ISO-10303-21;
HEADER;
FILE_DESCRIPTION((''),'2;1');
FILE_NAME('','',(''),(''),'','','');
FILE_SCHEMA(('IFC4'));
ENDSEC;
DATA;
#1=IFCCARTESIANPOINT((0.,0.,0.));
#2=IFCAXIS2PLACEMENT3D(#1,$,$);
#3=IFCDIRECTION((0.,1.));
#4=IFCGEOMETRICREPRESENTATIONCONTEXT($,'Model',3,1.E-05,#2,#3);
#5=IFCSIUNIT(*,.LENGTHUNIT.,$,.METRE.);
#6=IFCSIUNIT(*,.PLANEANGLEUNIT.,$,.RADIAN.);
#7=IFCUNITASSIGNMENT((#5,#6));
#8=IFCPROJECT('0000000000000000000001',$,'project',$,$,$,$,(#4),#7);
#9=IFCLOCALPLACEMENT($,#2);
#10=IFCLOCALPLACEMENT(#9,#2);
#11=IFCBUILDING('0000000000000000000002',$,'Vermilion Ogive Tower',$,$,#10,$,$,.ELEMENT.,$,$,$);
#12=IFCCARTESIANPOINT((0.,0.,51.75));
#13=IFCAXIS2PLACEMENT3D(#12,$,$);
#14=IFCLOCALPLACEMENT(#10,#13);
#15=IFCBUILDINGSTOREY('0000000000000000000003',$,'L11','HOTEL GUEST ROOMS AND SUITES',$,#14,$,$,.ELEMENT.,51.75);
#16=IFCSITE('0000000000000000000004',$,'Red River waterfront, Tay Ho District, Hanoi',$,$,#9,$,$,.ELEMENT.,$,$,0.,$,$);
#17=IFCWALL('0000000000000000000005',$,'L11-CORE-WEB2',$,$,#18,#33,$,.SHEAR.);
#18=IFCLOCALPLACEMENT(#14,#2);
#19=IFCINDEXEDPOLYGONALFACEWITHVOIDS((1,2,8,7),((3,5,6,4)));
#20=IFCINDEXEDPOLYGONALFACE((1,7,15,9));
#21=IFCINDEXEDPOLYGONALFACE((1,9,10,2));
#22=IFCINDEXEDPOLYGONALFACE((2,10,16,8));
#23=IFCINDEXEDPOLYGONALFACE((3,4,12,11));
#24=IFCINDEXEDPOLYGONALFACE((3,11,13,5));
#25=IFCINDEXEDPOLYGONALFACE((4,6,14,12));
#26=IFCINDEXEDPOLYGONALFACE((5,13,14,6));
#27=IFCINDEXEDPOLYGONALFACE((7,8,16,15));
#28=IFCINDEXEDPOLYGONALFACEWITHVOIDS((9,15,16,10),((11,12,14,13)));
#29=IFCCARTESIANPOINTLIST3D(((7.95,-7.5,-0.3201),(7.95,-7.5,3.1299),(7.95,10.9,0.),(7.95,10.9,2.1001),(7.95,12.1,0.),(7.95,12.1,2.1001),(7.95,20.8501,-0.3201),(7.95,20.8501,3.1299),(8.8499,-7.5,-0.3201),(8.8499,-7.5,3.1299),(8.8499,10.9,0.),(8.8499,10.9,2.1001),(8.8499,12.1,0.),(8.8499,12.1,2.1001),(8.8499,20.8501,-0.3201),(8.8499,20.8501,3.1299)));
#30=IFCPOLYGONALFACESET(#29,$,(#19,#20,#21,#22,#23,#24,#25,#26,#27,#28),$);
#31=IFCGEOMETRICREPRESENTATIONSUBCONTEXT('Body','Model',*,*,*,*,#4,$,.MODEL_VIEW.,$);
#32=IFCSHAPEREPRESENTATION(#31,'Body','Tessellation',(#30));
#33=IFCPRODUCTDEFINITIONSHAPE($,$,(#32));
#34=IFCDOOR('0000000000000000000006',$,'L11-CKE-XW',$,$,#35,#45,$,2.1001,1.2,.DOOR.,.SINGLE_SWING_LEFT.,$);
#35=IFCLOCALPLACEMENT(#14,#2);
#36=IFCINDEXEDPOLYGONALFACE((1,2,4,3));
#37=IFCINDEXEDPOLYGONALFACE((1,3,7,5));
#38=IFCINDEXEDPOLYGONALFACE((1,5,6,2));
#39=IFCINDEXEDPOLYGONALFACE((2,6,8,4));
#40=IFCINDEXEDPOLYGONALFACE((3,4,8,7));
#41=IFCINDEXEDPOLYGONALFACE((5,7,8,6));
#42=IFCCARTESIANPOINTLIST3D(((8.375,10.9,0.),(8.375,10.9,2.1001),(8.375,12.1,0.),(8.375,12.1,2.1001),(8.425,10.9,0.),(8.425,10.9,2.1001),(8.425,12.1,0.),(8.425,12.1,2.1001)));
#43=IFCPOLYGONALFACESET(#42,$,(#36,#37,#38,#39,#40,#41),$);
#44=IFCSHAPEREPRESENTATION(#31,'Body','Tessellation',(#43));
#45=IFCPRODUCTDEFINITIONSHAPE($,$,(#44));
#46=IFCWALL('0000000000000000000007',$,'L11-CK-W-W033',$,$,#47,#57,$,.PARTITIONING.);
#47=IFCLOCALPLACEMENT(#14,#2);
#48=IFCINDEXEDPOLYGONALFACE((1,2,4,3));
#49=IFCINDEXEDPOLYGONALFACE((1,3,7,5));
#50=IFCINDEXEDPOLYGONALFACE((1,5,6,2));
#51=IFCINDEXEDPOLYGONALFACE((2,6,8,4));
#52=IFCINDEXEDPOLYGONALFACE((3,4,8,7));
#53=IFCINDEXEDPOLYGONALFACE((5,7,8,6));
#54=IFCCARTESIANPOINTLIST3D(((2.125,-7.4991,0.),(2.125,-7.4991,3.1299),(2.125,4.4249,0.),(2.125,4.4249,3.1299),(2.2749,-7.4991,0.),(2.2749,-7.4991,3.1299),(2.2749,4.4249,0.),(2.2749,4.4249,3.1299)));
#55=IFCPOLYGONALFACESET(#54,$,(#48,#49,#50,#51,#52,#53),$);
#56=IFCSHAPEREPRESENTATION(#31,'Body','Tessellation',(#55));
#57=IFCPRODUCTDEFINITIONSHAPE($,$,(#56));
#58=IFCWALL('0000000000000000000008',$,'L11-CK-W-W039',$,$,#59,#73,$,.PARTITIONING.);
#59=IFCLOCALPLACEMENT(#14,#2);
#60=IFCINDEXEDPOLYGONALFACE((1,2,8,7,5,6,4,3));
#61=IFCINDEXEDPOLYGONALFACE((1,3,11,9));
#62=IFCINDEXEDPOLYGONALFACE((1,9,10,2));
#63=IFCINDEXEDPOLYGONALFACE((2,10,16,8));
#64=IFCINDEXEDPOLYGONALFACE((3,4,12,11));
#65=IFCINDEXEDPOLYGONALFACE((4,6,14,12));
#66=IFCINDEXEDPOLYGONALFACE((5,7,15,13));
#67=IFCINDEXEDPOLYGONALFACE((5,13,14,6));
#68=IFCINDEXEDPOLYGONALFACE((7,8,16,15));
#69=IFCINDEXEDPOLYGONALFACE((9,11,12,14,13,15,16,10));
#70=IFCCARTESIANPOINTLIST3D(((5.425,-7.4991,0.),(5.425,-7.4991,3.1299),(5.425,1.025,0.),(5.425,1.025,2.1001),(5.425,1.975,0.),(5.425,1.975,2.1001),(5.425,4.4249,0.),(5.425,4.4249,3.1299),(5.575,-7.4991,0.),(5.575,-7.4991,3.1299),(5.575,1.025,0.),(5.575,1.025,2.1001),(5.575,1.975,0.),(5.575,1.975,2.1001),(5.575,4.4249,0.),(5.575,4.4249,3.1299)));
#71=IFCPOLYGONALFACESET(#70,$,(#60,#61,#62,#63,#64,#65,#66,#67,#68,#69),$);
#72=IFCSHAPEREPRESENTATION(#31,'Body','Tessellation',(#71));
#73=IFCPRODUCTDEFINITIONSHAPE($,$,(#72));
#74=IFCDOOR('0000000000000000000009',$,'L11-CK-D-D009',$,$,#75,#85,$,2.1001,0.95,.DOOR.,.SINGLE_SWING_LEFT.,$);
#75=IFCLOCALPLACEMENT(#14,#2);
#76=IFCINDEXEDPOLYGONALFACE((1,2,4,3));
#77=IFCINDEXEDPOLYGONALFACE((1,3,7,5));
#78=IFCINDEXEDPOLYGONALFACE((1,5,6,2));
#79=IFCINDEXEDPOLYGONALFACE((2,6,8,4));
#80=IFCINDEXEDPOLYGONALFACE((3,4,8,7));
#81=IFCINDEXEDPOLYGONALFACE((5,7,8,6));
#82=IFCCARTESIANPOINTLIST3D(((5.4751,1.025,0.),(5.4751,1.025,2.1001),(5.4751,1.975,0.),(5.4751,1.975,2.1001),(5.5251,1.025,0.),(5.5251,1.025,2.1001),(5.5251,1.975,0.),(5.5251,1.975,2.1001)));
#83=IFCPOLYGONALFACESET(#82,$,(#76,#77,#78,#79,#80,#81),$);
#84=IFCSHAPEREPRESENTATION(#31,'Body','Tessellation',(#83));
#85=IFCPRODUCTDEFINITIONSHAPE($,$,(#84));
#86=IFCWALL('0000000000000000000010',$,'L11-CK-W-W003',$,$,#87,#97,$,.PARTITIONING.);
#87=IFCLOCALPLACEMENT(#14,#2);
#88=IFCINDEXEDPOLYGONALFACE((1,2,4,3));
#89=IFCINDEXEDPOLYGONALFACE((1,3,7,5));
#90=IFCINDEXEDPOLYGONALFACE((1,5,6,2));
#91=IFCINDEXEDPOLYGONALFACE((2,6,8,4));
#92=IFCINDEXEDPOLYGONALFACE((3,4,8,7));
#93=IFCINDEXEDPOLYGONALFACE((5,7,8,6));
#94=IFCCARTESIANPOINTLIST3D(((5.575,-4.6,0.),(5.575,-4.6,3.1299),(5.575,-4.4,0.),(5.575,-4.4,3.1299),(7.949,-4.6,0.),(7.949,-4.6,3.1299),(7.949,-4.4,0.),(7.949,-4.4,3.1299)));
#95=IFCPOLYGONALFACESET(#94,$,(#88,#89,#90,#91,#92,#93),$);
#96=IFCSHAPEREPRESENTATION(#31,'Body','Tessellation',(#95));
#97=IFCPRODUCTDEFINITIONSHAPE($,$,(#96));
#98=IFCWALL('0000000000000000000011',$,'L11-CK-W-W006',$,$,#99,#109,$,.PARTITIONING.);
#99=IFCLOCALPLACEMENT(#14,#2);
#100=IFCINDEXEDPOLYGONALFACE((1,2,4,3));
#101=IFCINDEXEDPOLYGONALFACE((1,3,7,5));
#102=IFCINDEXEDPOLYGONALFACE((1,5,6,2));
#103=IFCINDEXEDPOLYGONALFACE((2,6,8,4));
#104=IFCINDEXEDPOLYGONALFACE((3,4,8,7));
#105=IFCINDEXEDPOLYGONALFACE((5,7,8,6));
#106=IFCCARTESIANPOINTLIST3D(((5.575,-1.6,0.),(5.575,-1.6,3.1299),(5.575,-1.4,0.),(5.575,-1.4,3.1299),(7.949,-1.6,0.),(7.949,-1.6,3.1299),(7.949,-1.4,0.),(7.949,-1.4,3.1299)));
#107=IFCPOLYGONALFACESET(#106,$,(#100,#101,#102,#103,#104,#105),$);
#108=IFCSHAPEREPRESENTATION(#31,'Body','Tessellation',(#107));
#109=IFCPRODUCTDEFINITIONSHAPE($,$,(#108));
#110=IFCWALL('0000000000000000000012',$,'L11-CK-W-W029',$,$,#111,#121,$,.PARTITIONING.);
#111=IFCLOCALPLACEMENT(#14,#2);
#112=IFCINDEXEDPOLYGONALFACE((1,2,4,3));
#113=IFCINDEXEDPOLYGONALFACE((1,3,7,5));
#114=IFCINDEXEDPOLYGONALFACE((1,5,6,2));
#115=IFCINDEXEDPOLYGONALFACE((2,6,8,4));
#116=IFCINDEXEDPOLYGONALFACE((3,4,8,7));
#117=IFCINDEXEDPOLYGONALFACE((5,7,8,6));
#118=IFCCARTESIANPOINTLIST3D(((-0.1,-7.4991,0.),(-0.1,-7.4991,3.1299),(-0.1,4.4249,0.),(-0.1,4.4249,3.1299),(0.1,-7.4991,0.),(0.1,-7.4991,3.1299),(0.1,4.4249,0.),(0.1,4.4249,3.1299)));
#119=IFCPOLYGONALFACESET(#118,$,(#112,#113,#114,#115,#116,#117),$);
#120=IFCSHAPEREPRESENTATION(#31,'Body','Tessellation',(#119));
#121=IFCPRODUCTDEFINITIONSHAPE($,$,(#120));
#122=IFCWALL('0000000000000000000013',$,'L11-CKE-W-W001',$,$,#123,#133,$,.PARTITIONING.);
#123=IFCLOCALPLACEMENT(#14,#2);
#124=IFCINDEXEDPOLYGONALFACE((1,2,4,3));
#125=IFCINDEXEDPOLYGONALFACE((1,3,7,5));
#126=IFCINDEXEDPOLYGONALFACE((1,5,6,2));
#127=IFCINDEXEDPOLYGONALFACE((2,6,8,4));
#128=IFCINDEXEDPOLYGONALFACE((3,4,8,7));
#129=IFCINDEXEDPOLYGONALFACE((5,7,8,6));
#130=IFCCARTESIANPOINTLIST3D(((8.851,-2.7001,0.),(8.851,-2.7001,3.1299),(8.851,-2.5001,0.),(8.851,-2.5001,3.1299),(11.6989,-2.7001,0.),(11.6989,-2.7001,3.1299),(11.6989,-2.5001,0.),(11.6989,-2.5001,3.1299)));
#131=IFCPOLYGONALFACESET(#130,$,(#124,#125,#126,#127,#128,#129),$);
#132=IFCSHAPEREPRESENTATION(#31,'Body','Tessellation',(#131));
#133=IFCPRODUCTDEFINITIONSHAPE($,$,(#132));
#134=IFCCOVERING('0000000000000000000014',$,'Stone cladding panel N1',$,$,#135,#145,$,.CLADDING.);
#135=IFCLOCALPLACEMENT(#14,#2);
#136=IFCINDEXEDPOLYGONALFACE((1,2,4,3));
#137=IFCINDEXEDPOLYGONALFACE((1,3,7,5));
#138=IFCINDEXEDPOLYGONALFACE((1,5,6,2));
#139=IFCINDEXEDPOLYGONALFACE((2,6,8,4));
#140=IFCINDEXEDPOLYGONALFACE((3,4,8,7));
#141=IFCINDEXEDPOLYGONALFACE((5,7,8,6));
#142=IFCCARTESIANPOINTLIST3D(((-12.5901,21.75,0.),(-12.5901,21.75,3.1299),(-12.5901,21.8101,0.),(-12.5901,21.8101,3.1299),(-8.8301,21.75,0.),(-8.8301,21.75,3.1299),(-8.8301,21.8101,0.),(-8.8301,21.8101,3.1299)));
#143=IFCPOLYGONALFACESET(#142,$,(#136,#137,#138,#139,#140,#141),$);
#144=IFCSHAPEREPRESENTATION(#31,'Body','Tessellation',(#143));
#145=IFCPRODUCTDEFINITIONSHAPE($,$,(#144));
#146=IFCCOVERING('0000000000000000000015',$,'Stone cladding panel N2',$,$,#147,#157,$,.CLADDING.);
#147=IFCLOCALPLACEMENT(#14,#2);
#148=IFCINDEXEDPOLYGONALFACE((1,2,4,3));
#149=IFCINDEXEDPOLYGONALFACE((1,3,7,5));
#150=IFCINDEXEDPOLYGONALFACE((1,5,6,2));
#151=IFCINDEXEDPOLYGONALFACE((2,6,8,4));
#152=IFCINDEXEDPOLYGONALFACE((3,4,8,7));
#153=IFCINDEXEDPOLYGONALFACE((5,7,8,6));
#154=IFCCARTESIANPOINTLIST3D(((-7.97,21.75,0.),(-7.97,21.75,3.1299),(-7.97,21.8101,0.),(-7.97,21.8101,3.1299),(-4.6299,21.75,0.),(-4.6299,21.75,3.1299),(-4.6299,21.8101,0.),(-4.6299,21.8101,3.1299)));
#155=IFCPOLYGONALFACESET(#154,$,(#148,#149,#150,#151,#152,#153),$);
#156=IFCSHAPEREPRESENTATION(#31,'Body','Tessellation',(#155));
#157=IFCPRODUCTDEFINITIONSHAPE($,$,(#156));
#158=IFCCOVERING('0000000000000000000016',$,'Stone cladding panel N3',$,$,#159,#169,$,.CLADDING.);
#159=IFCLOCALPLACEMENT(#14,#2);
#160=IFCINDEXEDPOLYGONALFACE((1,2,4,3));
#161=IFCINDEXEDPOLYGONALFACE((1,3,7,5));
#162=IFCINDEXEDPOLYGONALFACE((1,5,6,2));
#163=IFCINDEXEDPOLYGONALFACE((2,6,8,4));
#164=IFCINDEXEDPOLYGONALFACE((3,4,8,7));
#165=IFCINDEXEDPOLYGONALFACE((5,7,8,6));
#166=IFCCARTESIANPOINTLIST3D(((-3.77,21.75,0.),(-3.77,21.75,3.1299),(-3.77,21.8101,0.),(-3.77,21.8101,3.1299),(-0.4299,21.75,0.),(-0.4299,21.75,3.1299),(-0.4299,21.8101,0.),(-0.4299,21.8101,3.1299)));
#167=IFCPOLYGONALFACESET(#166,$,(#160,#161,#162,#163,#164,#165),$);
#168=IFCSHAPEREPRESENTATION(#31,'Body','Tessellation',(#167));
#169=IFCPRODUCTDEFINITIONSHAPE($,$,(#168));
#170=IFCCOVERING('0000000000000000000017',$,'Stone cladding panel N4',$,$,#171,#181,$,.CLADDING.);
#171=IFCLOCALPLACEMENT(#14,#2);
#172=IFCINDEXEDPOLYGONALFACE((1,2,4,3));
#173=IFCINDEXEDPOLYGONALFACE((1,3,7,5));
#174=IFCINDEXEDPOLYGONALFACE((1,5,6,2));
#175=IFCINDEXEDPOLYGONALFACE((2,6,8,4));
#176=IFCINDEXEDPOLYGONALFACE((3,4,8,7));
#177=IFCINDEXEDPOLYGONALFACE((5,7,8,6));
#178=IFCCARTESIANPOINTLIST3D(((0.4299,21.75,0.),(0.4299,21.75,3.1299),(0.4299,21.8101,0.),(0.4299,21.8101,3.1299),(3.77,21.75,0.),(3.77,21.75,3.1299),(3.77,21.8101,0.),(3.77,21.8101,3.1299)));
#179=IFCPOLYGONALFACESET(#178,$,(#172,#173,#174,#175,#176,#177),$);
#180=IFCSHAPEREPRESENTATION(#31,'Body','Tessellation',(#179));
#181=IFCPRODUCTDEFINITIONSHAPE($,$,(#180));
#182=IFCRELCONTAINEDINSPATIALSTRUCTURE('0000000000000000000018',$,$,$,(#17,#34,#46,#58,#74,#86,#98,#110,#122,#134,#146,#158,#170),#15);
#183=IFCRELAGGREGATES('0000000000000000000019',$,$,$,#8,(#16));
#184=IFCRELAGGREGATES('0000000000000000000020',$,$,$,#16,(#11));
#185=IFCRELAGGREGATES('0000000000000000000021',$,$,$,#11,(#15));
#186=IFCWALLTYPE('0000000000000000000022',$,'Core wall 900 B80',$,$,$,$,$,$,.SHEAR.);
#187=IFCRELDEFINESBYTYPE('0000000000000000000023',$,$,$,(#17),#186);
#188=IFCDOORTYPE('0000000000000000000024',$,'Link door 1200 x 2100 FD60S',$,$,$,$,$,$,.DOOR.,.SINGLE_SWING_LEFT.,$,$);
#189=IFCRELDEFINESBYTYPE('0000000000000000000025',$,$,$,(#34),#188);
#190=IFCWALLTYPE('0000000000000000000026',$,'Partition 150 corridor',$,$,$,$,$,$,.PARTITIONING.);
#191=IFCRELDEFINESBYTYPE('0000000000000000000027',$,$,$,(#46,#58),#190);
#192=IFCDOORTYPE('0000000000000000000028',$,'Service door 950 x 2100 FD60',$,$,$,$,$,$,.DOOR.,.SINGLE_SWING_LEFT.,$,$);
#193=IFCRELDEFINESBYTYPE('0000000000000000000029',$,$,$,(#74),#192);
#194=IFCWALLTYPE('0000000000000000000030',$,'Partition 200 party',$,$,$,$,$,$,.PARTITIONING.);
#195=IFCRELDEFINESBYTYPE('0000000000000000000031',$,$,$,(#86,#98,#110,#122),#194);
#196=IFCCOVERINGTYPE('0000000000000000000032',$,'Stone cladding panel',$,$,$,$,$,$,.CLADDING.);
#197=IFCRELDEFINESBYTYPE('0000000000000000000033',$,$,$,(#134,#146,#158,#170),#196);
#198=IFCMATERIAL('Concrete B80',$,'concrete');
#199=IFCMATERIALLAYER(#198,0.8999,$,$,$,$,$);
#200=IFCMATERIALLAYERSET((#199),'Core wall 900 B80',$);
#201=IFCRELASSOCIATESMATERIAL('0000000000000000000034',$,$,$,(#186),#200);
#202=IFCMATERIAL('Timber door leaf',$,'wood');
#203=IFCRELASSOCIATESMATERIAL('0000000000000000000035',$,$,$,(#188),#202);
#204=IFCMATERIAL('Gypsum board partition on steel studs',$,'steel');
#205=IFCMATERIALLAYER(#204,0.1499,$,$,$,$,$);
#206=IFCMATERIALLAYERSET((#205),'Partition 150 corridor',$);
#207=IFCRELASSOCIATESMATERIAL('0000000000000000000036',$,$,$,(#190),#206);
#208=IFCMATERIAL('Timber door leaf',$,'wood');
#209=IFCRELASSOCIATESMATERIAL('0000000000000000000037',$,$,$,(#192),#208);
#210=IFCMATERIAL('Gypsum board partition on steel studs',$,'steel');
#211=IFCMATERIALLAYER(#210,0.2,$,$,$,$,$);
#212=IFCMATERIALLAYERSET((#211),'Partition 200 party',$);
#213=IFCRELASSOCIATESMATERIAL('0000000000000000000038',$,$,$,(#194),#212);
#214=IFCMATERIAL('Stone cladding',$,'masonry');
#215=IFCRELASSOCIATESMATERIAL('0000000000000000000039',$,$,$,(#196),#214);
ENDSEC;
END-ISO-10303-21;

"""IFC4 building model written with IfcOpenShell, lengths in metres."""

from ifc_helpers import new_model, si_unit, direction, frame, frame_2d, origin, place, context, subcontext, project, spatial, polyline, rectangle, outline, extrude, material, layer, layer_set, type_object, element, fill, save


model = new_model("IFC4")

# Units and contexts
model_context = context("Model", 3, precision=1e-05, world=origin(), true_north=direction((0.0, 1.0)))
body_context = subcontext(model_context, "Body", "Model", "MODEL_VIEW")
ifc_project = project(units=[si_unit("LENGTHUNIT", "METRE"), si_unit("PLANEANGLEUNIT", "RADIAN")], contexts=[model_context])

# Site, building, storey
site_placement = place(None, origin())
site = spatial("IfcSite", under=ifc_project, at=site_placement, Name="Red River waterfront, Tay Ho District, Hanoi", CompositionType="ELEMENT", RefElevation=0.0)
building_placement = place(site_placement, origin())
building = spatial("IfcBuilding", under=site, at=building_placement, Name="Vermilion Ogive Tower", CompositionType="ELEMENT")
storey_placement = place(building_placement, frame((0.0, 0.0, 51.75)))
storey = spatial("IfcBuildingStorey", under=building, at=storey_placement, Name="L11", Description="HOTEL GUEST ROOMS AND SUITES", CompositionType="ELEMENT", Elevation=51.75)

# Wall, opening, door
ifc_material_1 = material(Name="Concrete B80", Category="concrete")
ifc_layer_1 = layer(ifc_material_1, 0.8999)
ifc_layer_set_1 = layer_set([ifc_layer_1], Name="Core wall 900 B80")
wall_type_1 = type_object("IfcWallType", Name="Core wall 900 B80", PredefinedType="SHEAR", material=ifc_layer_set_1)
wall_1_placement = place(storey_placement, frame((8.3999, -7.5, -0.3201), z_axis=(0.0, 0.0, 1.0), x_axis=(0.0, 1.0, 0.0)))
wall_1 = element("IfcWall", 1, at=wall_1_placement, inside=storey, type_object=wall_type_1, Name="L11-CORE-WEB2", PredefinedType="SHEAR", context=body_context, shape_type="SweptSolid", body=[
    extrude(rectangle(XDim=28.3501, YDim=0.8999, at=frame_2d((14.175, 0.0))), origin(), (0.0, 0.0, 1.0), 3.45),
])
opening_1_placement = place(wall_1_placement, frame((18.3999, 0.0, 0.3201)))
opening_1 = element("IfcOpeningElement", 2, at=opening_1_placement, cuts=wall_1, PredefinedType="OPENING", context=body_context, shape_type="SweptSolid", body=[
    extrude(rectangle(XDim=1.2, YDim=2.1001, at=frame_2d((0.6001, 1.05))), frame((0.0, 0.46, 0.0), z_axis=(0.0, -1.0, 0.0), x_axis=(1.0, 0.0, 0.0)), (0.0, 0.0, 1.0), 0.9199),
])
ifc_material_2 = material(Name="Timber door leaf", Category="wood")
door_type_1 = type_object("IfcDoorType", Name="Link door 1200 x 2100 FD60S", OperationType="SINGLE_SWING_LEFT", PredefinedType="DOOR", material=ifc_material_2)
door_1_placement = place(opening_1_placement, origin())
door_1 = element("IfcDoor", 3, at=door_1_placement, inside=storey, type_object=door_type_1, Name="L11-CKE-XW", OperationType="SINGLE_SWING_LEFT", OverallHeight=2.1001, OverallWidth=1.2, PredefinedType="DOOR", context=body_context, shape_type="SweptSolid", body=[
    extrude(rectangle(XDim=1.2, YDim=2.1001, at=frame_2d((0.6001, 1.05))), frame((0.0, 0.0249, 0.0), z_axis=(0.0, -1.0, 0.0), x_axis=(1.0, 0.0, 0.0)), (0.0, 0.0, 1.0), 0.05),
])
fill(opening_1, door_1)

# Wall
ifc_material_3 = material(Name="Gypsum board partition on steel studs", Category="steel")
ifc_layer_2 = layer(ifc_material_3, 0.1499)
ifc_layer_set_2 = layer_set([ifc_layer_2], Name="Partition 150 corridor")
wall_type_2 = type_object("IfcWallType", Name="Partition 150 corridor", PredefinedType="PARTITIONING", material=ifc_layer_set_2)
wall_2_placement = place(storey_placement, frame((2.2, -7.499, 0.0), z_axis=(0.0, 0.0, 1.0), x_axis=(0.0, 1.0, 0.0)))
element("IfcWall", 4, at=wall_2_placement, inside=storey, type_object=wall_type_2, Name="L11-CK-W-W033", PredefinedType="PARTITIONING", context=body_context, shape_type="SweptSolid", body=[
    extrude(rectangle(XDim=11.9241, YDim=0.1499, at=frame_2d((5.9619, 0.0))), origin(), (0.0, 0.0, 1.0), 3.1299),
])

# Wall, opening, door
wall_3_placement = place(storey_placement, frame((5.5, -7.499, 0.0), z_axis=(0.0, 0.0, 1.0), x_axis=(0.0, 1.0, 0.0)))
wall_3 = element("IfcWall", 5, at=wall_3_placement, inside=storey, type_object=wall_type_2, Name="L11-CK-W-W039", PredefinedType="PARTITIONING", context=body_context, shape_type="SweptSolid", body=[
    extrude(rectangle(XDim=11.9241, YDim=0.1499, at=frame_2d((5.9619, 0.0))), origin(), (0.0, 0.0, 1.0), 3.1299),
])
opening_2_placement = place(wall_3_placement, frame((8.5239, 0.0, 0.0)))
opening_2 = element("IfcOpeningElement", 6, at=opening_2_placement, cuts=wall_3, PredefinedType="OPENING", context=body_context, shape_type="SweptSolid", body=[
    extrude(rectangle(XDim=0.95, YDim=2.1001, at=frame_2d((0.4751, 1.05))), frame((0.0, 0.085, 0.0), z_axis=(0.0, -1.0, 0.0), x_axis=(1.0, 0.0, 0.0)), (0.0, 0.0, 1.0), 0.1699),
])
ifc_material_4 = material(Name="Timber door leaf", Category="wood")
door_type_2 = type_object("IfcDoorType", Name="Service door 950 x 2100 FD60", OperationType="SINGLE_SWING_LEFT", PredefinedType="DOOR", material=ifc_material_4)
door_2_placement = place(opening_2_placement, origin())
door_2 = element("IfcDoor", 7, at=door_2_placement, inside=storey, type_object=door_type_2, Name="L11-CK-D-D009", OperationType="SINGLE_SWING_LEFT", OverallHeight=2.1001, OverallWidth=0.95, PredefinedType="DOOR", context=body_context, shape_type="SweptSolid", body=[
    extrude(rectangle(XDim=0.95, YDim=2.1001, at=frame_2d((0.4751, 1.05))), frame((0.0, 0.0249, 0.0), z_axis=(0.0, -1.0, 0.0), x_axis=(1.0, 0.0, 0.0)), (0.0, 0.0, 1.0), 0.05),
])
fill(opening_2, door_2)

# Walls
ifc_material_5 = material(Name="Gypsum board partition on steel studs", Category="steel")
ifc_layer_3 = layer(ifc_material_5, 0.2)
ifc_layer_set_3 = layer_set([ifc_layer_3], Name="Partition 200 party")
wall_type_3 = type_object("IfcWallType", Name="Partition 200 party", PredefinedType="PARTITIONING", material=ifc_layer_set_3)
for number, where, z_axis, x_axis, name in (
    (8, (5.575, -4.5, 0.0), (0.0, 0.0, 1.0), (1.0, 0.0, 0.0), "L11-CK-W-W003"),
    (9, (5.575, -1.5, 0.0), (0.0, 0.0, 1.0), (1.0, 0.0, 0.0), "L11-CK-W-W006"),
):
    element("IfcWall", number, at=place(storey_placement, frame(where, z_axis=z_axis, x_axis=x_axis)), inside=storey, type_object=wall_type_3, Name=name, PredefinedType="PARTITIONING", context=body_context, shape_type="SweptSolid", body=[
        extrude(rectangle(XDim=2.374, YDim=0.2, at=frame_2d((1.187, 0.0))), origin(), (0.0, 0.0, 1.0), 3.1299),
    ])
wall_4_placement = place(storey_placement, frame((0.0, -7.499, 0.0), z_axis=(0.0, 0.0, 1.0), x_axis=(0.0, 1.0, 0.0)))
element("IfcWall", 10, at=wall_4_placement, inside=storey, type_object=wall_type_3, Name="L11-CK-W-W029", PredefinedType="PARTITIONING", context=body_context, shape_type="SweptSolid", body=[
    extrude(rectangle(XDim=11.9241, YDim=0.2, at=frame_2d((5.9619, 0.0))), origin(), (0.0, 0.0, 1.0), 3.1299),
])
wall_5_placement = place(storey_placement, frame((8.8511, -2.6001, 0.0), z_axis=(0.0, 0.0, 1.0), x_axis=(1.0, 0.0, 0.0)))
element("IfcWall", 11, at=wall_5_placement, inside=storey, type_object=wall_type_3, Name="L11-CKE-W-W001", PredefinedType="PARTITIONING", context=body_context, shape_type="SweptSolid", body=[
    extrude(rectangle(XDim=2.8479, YDim=0.2, at=frame_2d((1.4238, 0.0))), origin(), (0.0, 0.0, 1.0), 3.1299),
])

# Coverings
ifc_material_6 = material(Name="Stone cladding", Category="masonry")
covering_type_1 = type_object("IfcCoveringType", Name="Stone cladding panel", PredefinedType="CLADDING", material=ifc_material_6)
covering_1_placement = place(storey_placement, origin())
element("IfcCovering", 12, at=covering_1_placement, inside=storey, type_object=covering_type_1, Name="Stone cladding panel N1", PredefinedType="CLADDING", context=body_context, shape_type="SweptSolid", body=[
    extrude(outline(polyline([(-12.5901, 21.75), (-8.8301, 21.75), (-8.8301, 21.8101), (-12.5901, 21.8101), (-12.5901, 21.75)])), origin(), (0.0, 0.0, 1.0), 3.1299),
])
covering_2_placement = place(storey_placement, origin())
element("IfcCovering", 13, at=covering_2_placement, inside=storey, type_object=covering_type_1, Name="Stone cladding panel N2", PredefinedType="CLADDING", context=body_context, shape_type="SweptSolid", body=[
    extrude(outline(polyline([(-7.97, 21.75), (-4.6299, 21.75), (-4.6299, 21.8101), (-7.97, 21.8101), (-7.97, 21.75)])), origin(), (0.0, 0.0, 1.0), 3.1299),
])
covering_3_placement = place(storey_placement, origin())
element("IfcCovering", 14, at=covering_3_placement, inside=storey, type_object=covering_type_1, Name="Stone cladding panel N3", PredefinedType="CLADDING", context=body_context, shape_type="SweptSolid", body=[
    extrude(outline(polyline([(-3.77, 21.75), (-0.4299, 21.75), (-0.4299, 21.8101), (-3.77, 21.8101), (-3.77, 21.75)])), origin(), (0.0, 0.0, 1.0), 3.1299),
])
covering_4_placement = place(storey_placement, origin())
element("IfcCovering", 15, at=covering_4_placement, inside=storey, type_object=covering_type_1, Name="Stone cladding panel N4", PredefinedType="CLADDING", context=body_context, shape_type="SweptSolid", body=[
    extrude(outline(polyline([(0.4299, 21.75), (3.77, 21.75), (3.77, 21.8101), (0.4299, 21.8101), (0.4299, 21.75)])), origin(), (0.0, 0.0, 1.0), 3.1299),
])

save(model, "model.ifc")
